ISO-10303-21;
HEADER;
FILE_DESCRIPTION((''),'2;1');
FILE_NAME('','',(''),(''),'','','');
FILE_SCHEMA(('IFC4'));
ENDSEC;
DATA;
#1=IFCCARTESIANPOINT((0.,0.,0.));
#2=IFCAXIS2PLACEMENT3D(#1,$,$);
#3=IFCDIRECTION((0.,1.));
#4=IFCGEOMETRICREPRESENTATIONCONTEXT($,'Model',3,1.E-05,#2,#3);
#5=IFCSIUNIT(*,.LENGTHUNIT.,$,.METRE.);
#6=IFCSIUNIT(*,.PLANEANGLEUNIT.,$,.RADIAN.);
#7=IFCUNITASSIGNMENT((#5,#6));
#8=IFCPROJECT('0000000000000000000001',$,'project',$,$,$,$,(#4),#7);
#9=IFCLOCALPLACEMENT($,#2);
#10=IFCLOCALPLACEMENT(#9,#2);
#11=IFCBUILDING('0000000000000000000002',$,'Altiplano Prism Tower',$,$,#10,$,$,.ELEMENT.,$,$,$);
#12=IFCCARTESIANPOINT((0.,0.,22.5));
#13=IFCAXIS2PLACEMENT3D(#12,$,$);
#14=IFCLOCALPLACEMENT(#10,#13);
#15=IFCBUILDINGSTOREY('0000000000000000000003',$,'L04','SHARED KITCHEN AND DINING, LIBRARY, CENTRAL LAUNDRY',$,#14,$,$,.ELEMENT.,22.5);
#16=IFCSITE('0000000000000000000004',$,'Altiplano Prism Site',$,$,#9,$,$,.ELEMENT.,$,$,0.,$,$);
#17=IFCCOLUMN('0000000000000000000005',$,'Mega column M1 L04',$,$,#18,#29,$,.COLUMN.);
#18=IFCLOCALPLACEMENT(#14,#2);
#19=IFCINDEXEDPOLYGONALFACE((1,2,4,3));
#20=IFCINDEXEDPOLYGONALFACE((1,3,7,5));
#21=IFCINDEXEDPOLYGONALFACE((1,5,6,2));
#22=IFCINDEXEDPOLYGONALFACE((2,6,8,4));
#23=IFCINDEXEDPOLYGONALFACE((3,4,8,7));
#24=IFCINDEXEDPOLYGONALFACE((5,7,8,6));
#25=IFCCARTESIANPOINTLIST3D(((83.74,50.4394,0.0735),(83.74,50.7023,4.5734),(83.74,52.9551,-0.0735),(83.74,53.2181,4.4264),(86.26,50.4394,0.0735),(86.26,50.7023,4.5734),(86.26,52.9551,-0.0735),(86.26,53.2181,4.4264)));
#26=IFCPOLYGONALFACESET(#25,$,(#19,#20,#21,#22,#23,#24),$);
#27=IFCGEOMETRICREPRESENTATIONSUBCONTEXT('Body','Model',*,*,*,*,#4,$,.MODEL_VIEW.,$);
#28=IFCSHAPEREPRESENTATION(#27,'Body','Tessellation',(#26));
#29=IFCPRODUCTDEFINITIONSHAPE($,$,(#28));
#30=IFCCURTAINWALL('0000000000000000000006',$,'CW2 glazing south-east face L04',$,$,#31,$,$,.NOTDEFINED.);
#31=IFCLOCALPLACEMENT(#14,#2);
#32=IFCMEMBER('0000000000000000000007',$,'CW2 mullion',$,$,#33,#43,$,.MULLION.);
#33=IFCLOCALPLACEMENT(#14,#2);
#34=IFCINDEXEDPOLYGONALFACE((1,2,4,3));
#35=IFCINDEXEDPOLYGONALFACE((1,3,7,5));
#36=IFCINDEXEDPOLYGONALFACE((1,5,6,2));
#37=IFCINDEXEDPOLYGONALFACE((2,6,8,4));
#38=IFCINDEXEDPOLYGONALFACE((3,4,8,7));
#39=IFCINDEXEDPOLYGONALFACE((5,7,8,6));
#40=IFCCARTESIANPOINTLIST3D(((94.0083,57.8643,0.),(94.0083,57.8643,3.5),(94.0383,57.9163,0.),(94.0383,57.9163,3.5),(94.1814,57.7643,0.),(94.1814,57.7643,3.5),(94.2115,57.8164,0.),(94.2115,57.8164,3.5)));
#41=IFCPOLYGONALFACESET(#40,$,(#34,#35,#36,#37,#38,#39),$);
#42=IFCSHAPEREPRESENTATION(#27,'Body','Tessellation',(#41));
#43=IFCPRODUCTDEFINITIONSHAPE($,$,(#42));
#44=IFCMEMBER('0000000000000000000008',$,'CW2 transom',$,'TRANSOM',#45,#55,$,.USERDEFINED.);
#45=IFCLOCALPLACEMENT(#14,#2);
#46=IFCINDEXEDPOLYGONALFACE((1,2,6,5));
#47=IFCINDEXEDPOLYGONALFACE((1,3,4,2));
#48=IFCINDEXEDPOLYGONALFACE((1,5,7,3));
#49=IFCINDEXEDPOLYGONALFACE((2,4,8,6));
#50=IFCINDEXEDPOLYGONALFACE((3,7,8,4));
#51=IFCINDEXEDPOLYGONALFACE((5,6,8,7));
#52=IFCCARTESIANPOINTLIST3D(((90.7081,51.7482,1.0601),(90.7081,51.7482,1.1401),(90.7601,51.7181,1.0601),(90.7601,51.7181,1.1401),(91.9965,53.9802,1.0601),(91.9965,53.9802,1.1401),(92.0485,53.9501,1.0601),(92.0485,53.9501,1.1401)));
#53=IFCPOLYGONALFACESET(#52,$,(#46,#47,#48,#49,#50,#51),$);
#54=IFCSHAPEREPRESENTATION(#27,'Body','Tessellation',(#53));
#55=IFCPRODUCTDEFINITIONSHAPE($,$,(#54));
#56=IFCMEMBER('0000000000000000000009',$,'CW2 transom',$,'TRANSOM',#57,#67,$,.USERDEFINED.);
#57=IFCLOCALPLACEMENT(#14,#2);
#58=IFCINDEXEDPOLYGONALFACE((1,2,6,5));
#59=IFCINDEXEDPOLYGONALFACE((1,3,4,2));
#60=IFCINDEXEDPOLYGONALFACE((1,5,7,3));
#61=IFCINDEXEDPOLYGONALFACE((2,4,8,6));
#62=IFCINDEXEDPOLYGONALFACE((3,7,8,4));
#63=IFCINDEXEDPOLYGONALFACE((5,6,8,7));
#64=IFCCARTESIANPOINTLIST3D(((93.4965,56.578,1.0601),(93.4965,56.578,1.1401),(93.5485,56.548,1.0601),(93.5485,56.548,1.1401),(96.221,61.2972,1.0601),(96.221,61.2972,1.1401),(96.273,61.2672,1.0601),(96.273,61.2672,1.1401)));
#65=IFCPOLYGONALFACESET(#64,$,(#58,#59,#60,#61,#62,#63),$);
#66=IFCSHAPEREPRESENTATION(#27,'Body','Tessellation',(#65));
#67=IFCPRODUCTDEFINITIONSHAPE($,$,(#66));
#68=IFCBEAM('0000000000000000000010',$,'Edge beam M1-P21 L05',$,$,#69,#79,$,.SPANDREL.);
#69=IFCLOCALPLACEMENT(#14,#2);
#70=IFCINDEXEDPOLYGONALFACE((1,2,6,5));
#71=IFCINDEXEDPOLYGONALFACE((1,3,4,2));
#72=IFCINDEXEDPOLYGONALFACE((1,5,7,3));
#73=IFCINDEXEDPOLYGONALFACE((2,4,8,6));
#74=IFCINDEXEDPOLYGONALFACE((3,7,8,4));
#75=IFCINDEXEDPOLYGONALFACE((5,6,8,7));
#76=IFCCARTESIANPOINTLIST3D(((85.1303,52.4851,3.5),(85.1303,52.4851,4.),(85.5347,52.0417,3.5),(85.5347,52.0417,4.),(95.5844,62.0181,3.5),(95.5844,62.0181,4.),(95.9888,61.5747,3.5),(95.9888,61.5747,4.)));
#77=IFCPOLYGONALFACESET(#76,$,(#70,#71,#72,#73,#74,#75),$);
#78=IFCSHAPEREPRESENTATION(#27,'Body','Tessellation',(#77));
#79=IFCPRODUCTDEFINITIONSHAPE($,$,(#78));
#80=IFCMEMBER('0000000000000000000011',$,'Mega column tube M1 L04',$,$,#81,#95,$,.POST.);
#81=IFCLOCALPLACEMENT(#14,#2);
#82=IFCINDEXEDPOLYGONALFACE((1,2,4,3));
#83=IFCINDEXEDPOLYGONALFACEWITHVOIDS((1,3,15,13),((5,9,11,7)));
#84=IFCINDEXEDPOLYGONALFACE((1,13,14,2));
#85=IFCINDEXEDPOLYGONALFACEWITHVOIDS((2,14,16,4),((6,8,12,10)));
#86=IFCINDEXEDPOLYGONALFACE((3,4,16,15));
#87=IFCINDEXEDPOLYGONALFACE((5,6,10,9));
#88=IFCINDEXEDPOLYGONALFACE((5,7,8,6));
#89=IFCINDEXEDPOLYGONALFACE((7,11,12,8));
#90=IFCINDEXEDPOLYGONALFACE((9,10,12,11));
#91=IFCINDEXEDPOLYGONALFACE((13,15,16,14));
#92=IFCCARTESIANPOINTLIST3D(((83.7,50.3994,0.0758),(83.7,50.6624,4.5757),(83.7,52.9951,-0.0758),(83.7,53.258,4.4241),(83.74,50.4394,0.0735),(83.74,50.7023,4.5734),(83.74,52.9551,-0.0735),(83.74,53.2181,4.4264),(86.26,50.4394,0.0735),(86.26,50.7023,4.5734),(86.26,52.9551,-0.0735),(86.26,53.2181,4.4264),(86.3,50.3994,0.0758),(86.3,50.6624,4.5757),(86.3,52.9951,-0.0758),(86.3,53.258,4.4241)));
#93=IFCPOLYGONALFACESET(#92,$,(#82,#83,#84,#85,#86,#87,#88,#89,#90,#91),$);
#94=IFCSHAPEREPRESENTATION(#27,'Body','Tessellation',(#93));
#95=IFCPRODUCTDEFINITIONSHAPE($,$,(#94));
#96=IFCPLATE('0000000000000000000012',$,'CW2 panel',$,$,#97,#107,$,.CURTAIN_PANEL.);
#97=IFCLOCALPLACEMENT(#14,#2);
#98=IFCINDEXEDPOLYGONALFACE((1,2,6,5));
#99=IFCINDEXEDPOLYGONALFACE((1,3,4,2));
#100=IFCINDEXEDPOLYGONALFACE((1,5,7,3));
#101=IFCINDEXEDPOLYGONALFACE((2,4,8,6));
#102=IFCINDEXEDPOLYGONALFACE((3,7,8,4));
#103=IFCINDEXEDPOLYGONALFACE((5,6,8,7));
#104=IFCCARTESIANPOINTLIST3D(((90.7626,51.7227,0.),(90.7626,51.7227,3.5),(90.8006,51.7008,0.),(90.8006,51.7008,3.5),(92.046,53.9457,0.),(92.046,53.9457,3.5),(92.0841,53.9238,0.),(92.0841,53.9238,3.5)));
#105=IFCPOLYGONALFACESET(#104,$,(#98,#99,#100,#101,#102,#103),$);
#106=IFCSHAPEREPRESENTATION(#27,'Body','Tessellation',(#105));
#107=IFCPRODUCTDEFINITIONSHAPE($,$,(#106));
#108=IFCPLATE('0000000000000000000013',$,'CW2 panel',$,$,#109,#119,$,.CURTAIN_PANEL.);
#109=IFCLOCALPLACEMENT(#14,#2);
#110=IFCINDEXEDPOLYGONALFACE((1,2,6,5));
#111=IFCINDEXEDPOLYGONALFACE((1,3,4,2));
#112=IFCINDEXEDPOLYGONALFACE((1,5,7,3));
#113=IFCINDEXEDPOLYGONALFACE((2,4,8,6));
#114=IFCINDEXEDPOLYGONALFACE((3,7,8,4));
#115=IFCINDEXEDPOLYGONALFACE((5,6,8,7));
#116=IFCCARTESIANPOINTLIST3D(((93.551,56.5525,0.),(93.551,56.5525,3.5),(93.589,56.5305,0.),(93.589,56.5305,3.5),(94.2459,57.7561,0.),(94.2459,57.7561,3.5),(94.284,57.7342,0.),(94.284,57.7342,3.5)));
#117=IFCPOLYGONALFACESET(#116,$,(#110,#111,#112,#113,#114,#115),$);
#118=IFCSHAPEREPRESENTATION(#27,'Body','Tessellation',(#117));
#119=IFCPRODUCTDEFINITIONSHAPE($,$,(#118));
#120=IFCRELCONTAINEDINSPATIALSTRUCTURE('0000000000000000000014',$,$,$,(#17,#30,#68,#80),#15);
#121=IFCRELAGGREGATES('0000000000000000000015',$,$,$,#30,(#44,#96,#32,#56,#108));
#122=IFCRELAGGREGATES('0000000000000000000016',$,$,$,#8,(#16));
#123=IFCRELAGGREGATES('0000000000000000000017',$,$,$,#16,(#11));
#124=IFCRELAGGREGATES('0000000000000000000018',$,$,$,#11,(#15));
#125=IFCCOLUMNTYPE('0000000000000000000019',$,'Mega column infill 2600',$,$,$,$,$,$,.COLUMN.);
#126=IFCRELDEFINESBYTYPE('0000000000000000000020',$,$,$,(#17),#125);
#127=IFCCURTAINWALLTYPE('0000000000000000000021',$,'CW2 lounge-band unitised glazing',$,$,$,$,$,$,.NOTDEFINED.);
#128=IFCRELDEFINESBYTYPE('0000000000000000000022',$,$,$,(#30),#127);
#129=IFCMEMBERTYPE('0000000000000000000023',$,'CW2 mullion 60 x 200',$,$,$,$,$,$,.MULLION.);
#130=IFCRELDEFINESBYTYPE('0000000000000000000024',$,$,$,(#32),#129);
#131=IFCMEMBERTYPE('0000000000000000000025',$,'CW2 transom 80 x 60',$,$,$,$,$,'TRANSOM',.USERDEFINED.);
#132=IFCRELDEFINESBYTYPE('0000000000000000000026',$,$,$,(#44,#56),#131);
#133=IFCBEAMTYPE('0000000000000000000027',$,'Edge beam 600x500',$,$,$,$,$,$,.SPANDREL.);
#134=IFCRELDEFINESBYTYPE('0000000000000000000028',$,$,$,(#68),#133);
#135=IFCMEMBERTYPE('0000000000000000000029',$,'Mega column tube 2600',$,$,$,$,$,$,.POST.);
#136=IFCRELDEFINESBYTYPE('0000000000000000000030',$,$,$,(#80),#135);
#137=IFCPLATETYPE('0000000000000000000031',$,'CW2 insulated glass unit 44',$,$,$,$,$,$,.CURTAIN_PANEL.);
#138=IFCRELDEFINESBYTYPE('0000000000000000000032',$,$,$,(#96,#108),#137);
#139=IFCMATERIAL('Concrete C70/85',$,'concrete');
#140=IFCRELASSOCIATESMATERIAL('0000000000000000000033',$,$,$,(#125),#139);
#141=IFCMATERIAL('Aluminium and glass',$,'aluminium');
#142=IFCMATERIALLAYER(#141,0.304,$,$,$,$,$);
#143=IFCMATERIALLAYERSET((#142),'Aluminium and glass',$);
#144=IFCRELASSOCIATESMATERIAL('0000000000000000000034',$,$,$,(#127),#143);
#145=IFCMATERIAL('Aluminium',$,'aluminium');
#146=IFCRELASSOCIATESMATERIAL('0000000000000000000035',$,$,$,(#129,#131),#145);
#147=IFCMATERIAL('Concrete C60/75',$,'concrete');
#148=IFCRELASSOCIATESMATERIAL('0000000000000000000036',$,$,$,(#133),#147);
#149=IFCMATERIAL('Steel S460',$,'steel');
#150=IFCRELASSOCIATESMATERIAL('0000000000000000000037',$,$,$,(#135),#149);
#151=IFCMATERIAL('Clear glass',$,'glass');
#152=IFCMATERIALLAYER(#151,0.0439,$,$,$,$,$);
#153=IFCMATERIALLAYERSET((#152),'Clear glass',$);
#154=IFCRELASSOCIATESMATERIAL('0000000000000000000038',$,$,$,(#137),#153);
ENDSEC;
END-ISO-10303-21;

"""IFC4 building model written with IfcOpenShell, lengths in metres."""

from ifc_helpers import new_model, si_unit, direction, frame, origin, origin_2d, place, context, subcontext, project, spatial, rectangle, hollow_rectangle, extrude, material, layer, layer_set, material_profile, profile_set, type_object, element, aggregate, save


model = new_model("IFC4")

# Units and contexts
model_context = context("Model", 3, precision=1e-05, world=origin(), true_north=direction((0.0, 1.0)))
body_context = subcontext(model_context, "Body", "Model", "MODEL_VIEW")
ifc_project = project(units=[si_unit("LENGTHUNIT", "METRE"), si_unit("PLANEANGLEUNIT", "RADIAN")], contexts=[model_context])

# Site, building, storey
site_placement = place(None, origin())
site = spatial("IfcSite", under=ifc_project, at=site_placement, Name="Altiplano Prism Site", CompositionType="ELEMENT", RefElevation=0.0)
building_placement = place(site_placement, origin())
building = spatial("IfcBuilding", under=site, at=building_placement, Name="Altiplano Prism Tower", CompositionType="ELEMENT")
storey_placement = place(building_placement, frame((0.0, 0.0, 22.5)))
storey = spatial("IfcBuildingStorey", under=building, at=storey_placement, Name="L04", Description="SHARED KITCHEN AND DINING, LIBRARY, CENTRAL LAUNDRY", CompositionType="ELEMENT", Elevation=22.5)

# Column
ifc_material_1 = material(Name="Concrete C70/85", Category="concrete")
ifc_material_profile_1 = material_profile(ifc_material_1, rectangle(XDim=2.52, YDim=2.52, at=origin_2d()), Name="Mega column infill 2600")
ifc_profile_set_1 = profile_set([ifc_material_profile_1], Name="Concrete C70/85")
column_type = type_object("IfcColumnType", Name="Mega column infill 2600", PredefinedType="COLUMN", material=ifc_profile_set_1)
column_placement = place(storey_placement, frame((85.0, 51.6973, 0.0), z_axis=(0.0, 0.058331, 0.998297), x_axis=(-1.0, 0.0, 0.0)))
element("IfcColumn", 1, at=column_placement, inside=storey, type_object=column_type, Name="Mega column M1 L04", PredefinedType="COLUMN", context=body_context, shape_type="SweptSolid", body=[
    extrude(rectangle(XDim=2.52, YDim=2.52, at=origin_2d()), origin(), (0.0, 0.0, 1.0), 4.5076),
])

# Curtain wall, members
ifc_material_2 = material(Name="Aluminium and glass", Category="aluminium")
ifc_layer_1 = layer(ifc_material_2, 0.304)
ifc_layer_set_1 = layer_set([ifc_layer_1], Name="Aluminium and glass")
curtain_wall_type = type_object("IfcCurtainWallType", Name="CW2 lounge-band unitised glazing", PredefinedType="NOTDEFINED", material=ifc_layer_set_1)
curtain_wall_placement = place(storey_placement, origin())
curtain_wall = element("IfcCurtainWall", 2, at=curtain_wall_placement, inside=storey, type_object=curtain_wall_type, Name="CW2 glazing south-east face L04", PredefinedType="NOTDEFINED")
ifc_material_3 = material(Name="Aluminium", Category="aluminium")
ifc_material_profile_2 = material_profile(ifc_material_3, rectangle(XDim=0.2, YDim=0.0601, at=origin_2d()), Name="CW2 mullion 60 x 200")
ifc_profile_set_2 = profile_set([ifc_material_profile_2], Name="Aluminium")
member_type_1 = type_object("IfcMemberType", Name="CW2 mullion 60 x 200", PredefinedType="MULLION", material=ifc_profile_set_2)
member_1_placement = place(storey_placement, frame((94.1099, 57.8403, 0.0), z_axis=(0.0, 0.0, 1.0), x_axis=(-0.866025, 0.5, 0.0)))
member_1 = element("IfcMember", 3, at=member_1_placement, type_object=member_type_1, Name="CW2 mullion", PredefinedType="MULLION", context=body_context, shape_type="SweptSolid", body=[
    extrude(rectangle(XDim=0.2, YDim=0.0601, at=origin_2d()), origin(), (0.0, 0.0, 1.0), 3.5),
])
ifc_material_profile_3 = material_profile(ifc_material_3, rectangle(XDim=0.0601, YDim=0.0801, at=origin_2d()), Name="CW2 transom 80 x 60")
ifc_profile_set_3 = profile_set([ifc_material_profile_3], Name="Aluminium")
member_type_2 = type_object("IfcMemberType", Name="CW2 transom 80 x 60", ElementType="TRANSOM", PredefinedType="USERDEFINED", material=ifc_profile_set_3)
member_2_placement = place(storey_placement, frame((90.7341, 51.7332, 1.1001), z_axis=(0.499919, 0.866072, 0.0), x_axis=(-0.866072, 0.499919, 0.0)))
member_2 = element("IfcMember", 4, at=member_2_placement, type_object=member_type_2, Name="CW2 transom", ObjectType="TRANSOM", PredefinedType="USERDEFINED", context=body_context, shape_type="SweptSolid", body=[
    extrude(rectangle(XDim=0.0601, YDim=0.0801, at=origin_2d()), origin(), (0.0, 0.0, 1.0), 2.5771),
])
member_3_placement = place(storey_placement, frame((93.5225, 56.563, 1.1001), z_axis=(0.499994, 0.866029, 0.0), x_axis=(-0.866029, 0.499994, 0.0)))
member_3 = element("IfcMember", 5, at=member_3_placement, type_object=member_type_2, Name="CW2 transom", ObjectType="TRANSOM", PredefinedType="USERDEFINED", context=body_context, shape_type="SweptSolid", body=[
    extrude(rectangle(XDim=0.0601, YDim=0.0801, at=origin_2d()), origin(), (0.0, 0.0, 1.0), 5.4492),
])

# Beam
ifc_material_4 = material(Name="Concrete C60/75", Category="concrete")
ifc_material_profile_4 = material_profile(ifc_material_4, rectangle(XDim=0.6001, YDim=0.5, at=origin_2d()), Name="Edge beam 600x500")
ifc_profile_set_4 = profile_set([ifc_material_profile_4], Name="Concrete C60/75")
beam_type = type_object("IfcBeamType", Name="Edge beam 600x500", PredefinedType="SPANDREL", material=ifc_profile_set_4)
beam_placement = place(storey_placement, frame((85.3325, 52.2634, 3.75), z_axis=(0.738911, 0.673803, 0.0), x_axis=(-0.673803, 0.738911, 0.0)))
element("IfcBeam", 6, at=beam_placement, inside=storey, type_object=beam_type, Name="Edge beam M1-P21 L05", PredefinedType="SPANDREL", context=body_context, shape_type="SweptSolid", body=[
    extrude(rectangle(XDim=0.6001, YDim=0.5, at=origin_2d()), origin(), (0.0, 0.0, 1.0), 14.1479),
])

# Member
ifc_material_5 = material(Name="Steel S460", Category="steel")
ifc_material_profile_5 = material_profile(ifc_material_5, hollow_rectangle(XDim=2.6001, YDim=2.6001, WallThickness=0.04, at=origin_2d()), Name="Mega column tube 2600")
ifc_profile_set_5 = profile_set([ifc_material_profile_5], Name="Steel S460")
member_type_3 = type_object("IfcMemberType", Name="Mega column tube 2600", PredefinedType="POST", material=ifc_profile_set_5)
member_4_placement = place(storey_placement, frame((85.0, 51.6973, 0.0), z_axis=(0.0, 0.058331, 0.998297), x_axis=(-1.0, 0.0, 0.0)))
element("IfcMember", 7, at=member_4_placement, inside=storey, type_object=member_type_3, Name="Mega column tube M1 L04", PredefinedType="POST", context=body_context, shape_type="SweptSolid", body=[
    extrude(hollow_rectangle(XDim=2.6001, YDim=2.6001, WallThickness=0.04, at=origin_2d()), origin(), (0.0, 0.0, 1.0), 4.5076),
])

# Plates
ifc_material_6 = material(Name="Clear glass", Category="glass")
ifc_layer_2 = layer(ifc_material_6, 0.0439)
ifc_layer_set_2 = layer_set([ifc_layer_2], Name="Clear glass")
plate_type = type_object("IfcPlateType", Name="CW2 insulated glass unit 44", PredefinedType="CURTAIN_PANEL", material=ifc_layer_set_2)
plate_1_placement = place(storey_placement, frame((91.4233, 52.8232, 0.0), z_axis=(0.0, 0.0, 1.0), x_axis=(0.5, 0.866025, 0.0)))
plate_1 = element("IfcPlate", 8, at=plate_1_placement, type_object=plate_type, Name="CW2 panel", PredefinedType="CURTAIN_PANEL", context=body_context, shape_type="SweptSolid", body=[
    extrude(rectangle(XDim=2.5669, YDim=0.0439, at=origin_2d()), origin(), (0.0, 0.0, 1.0), 3.5),
])
plate_2_placement = place(storey_placement, frame((93.9175, 57.1433, 0.0), z_axis=(0.0, 0.0, 1.0), x_axis=(0.5, 0.866025, 0.0)))
plate_2 = element("IfcPlate", 9, at=plate_2_placement, type_object=plate_type, Name="CW2 panel", PredefinedType="CURTAIN_PANEL", context=body_context, shape_type="SweptSolid", body=[
    extrude(rectangle(XDim=1.3899, YDim=0.0439, at=origin_2d()), origin(), (0.0, 0.0, 1.0), 3.5),
])
aggregate(curtain_wall, [member_2, plate_1, member_1, member_3, plate_2])

save(model, "model.ifc")
